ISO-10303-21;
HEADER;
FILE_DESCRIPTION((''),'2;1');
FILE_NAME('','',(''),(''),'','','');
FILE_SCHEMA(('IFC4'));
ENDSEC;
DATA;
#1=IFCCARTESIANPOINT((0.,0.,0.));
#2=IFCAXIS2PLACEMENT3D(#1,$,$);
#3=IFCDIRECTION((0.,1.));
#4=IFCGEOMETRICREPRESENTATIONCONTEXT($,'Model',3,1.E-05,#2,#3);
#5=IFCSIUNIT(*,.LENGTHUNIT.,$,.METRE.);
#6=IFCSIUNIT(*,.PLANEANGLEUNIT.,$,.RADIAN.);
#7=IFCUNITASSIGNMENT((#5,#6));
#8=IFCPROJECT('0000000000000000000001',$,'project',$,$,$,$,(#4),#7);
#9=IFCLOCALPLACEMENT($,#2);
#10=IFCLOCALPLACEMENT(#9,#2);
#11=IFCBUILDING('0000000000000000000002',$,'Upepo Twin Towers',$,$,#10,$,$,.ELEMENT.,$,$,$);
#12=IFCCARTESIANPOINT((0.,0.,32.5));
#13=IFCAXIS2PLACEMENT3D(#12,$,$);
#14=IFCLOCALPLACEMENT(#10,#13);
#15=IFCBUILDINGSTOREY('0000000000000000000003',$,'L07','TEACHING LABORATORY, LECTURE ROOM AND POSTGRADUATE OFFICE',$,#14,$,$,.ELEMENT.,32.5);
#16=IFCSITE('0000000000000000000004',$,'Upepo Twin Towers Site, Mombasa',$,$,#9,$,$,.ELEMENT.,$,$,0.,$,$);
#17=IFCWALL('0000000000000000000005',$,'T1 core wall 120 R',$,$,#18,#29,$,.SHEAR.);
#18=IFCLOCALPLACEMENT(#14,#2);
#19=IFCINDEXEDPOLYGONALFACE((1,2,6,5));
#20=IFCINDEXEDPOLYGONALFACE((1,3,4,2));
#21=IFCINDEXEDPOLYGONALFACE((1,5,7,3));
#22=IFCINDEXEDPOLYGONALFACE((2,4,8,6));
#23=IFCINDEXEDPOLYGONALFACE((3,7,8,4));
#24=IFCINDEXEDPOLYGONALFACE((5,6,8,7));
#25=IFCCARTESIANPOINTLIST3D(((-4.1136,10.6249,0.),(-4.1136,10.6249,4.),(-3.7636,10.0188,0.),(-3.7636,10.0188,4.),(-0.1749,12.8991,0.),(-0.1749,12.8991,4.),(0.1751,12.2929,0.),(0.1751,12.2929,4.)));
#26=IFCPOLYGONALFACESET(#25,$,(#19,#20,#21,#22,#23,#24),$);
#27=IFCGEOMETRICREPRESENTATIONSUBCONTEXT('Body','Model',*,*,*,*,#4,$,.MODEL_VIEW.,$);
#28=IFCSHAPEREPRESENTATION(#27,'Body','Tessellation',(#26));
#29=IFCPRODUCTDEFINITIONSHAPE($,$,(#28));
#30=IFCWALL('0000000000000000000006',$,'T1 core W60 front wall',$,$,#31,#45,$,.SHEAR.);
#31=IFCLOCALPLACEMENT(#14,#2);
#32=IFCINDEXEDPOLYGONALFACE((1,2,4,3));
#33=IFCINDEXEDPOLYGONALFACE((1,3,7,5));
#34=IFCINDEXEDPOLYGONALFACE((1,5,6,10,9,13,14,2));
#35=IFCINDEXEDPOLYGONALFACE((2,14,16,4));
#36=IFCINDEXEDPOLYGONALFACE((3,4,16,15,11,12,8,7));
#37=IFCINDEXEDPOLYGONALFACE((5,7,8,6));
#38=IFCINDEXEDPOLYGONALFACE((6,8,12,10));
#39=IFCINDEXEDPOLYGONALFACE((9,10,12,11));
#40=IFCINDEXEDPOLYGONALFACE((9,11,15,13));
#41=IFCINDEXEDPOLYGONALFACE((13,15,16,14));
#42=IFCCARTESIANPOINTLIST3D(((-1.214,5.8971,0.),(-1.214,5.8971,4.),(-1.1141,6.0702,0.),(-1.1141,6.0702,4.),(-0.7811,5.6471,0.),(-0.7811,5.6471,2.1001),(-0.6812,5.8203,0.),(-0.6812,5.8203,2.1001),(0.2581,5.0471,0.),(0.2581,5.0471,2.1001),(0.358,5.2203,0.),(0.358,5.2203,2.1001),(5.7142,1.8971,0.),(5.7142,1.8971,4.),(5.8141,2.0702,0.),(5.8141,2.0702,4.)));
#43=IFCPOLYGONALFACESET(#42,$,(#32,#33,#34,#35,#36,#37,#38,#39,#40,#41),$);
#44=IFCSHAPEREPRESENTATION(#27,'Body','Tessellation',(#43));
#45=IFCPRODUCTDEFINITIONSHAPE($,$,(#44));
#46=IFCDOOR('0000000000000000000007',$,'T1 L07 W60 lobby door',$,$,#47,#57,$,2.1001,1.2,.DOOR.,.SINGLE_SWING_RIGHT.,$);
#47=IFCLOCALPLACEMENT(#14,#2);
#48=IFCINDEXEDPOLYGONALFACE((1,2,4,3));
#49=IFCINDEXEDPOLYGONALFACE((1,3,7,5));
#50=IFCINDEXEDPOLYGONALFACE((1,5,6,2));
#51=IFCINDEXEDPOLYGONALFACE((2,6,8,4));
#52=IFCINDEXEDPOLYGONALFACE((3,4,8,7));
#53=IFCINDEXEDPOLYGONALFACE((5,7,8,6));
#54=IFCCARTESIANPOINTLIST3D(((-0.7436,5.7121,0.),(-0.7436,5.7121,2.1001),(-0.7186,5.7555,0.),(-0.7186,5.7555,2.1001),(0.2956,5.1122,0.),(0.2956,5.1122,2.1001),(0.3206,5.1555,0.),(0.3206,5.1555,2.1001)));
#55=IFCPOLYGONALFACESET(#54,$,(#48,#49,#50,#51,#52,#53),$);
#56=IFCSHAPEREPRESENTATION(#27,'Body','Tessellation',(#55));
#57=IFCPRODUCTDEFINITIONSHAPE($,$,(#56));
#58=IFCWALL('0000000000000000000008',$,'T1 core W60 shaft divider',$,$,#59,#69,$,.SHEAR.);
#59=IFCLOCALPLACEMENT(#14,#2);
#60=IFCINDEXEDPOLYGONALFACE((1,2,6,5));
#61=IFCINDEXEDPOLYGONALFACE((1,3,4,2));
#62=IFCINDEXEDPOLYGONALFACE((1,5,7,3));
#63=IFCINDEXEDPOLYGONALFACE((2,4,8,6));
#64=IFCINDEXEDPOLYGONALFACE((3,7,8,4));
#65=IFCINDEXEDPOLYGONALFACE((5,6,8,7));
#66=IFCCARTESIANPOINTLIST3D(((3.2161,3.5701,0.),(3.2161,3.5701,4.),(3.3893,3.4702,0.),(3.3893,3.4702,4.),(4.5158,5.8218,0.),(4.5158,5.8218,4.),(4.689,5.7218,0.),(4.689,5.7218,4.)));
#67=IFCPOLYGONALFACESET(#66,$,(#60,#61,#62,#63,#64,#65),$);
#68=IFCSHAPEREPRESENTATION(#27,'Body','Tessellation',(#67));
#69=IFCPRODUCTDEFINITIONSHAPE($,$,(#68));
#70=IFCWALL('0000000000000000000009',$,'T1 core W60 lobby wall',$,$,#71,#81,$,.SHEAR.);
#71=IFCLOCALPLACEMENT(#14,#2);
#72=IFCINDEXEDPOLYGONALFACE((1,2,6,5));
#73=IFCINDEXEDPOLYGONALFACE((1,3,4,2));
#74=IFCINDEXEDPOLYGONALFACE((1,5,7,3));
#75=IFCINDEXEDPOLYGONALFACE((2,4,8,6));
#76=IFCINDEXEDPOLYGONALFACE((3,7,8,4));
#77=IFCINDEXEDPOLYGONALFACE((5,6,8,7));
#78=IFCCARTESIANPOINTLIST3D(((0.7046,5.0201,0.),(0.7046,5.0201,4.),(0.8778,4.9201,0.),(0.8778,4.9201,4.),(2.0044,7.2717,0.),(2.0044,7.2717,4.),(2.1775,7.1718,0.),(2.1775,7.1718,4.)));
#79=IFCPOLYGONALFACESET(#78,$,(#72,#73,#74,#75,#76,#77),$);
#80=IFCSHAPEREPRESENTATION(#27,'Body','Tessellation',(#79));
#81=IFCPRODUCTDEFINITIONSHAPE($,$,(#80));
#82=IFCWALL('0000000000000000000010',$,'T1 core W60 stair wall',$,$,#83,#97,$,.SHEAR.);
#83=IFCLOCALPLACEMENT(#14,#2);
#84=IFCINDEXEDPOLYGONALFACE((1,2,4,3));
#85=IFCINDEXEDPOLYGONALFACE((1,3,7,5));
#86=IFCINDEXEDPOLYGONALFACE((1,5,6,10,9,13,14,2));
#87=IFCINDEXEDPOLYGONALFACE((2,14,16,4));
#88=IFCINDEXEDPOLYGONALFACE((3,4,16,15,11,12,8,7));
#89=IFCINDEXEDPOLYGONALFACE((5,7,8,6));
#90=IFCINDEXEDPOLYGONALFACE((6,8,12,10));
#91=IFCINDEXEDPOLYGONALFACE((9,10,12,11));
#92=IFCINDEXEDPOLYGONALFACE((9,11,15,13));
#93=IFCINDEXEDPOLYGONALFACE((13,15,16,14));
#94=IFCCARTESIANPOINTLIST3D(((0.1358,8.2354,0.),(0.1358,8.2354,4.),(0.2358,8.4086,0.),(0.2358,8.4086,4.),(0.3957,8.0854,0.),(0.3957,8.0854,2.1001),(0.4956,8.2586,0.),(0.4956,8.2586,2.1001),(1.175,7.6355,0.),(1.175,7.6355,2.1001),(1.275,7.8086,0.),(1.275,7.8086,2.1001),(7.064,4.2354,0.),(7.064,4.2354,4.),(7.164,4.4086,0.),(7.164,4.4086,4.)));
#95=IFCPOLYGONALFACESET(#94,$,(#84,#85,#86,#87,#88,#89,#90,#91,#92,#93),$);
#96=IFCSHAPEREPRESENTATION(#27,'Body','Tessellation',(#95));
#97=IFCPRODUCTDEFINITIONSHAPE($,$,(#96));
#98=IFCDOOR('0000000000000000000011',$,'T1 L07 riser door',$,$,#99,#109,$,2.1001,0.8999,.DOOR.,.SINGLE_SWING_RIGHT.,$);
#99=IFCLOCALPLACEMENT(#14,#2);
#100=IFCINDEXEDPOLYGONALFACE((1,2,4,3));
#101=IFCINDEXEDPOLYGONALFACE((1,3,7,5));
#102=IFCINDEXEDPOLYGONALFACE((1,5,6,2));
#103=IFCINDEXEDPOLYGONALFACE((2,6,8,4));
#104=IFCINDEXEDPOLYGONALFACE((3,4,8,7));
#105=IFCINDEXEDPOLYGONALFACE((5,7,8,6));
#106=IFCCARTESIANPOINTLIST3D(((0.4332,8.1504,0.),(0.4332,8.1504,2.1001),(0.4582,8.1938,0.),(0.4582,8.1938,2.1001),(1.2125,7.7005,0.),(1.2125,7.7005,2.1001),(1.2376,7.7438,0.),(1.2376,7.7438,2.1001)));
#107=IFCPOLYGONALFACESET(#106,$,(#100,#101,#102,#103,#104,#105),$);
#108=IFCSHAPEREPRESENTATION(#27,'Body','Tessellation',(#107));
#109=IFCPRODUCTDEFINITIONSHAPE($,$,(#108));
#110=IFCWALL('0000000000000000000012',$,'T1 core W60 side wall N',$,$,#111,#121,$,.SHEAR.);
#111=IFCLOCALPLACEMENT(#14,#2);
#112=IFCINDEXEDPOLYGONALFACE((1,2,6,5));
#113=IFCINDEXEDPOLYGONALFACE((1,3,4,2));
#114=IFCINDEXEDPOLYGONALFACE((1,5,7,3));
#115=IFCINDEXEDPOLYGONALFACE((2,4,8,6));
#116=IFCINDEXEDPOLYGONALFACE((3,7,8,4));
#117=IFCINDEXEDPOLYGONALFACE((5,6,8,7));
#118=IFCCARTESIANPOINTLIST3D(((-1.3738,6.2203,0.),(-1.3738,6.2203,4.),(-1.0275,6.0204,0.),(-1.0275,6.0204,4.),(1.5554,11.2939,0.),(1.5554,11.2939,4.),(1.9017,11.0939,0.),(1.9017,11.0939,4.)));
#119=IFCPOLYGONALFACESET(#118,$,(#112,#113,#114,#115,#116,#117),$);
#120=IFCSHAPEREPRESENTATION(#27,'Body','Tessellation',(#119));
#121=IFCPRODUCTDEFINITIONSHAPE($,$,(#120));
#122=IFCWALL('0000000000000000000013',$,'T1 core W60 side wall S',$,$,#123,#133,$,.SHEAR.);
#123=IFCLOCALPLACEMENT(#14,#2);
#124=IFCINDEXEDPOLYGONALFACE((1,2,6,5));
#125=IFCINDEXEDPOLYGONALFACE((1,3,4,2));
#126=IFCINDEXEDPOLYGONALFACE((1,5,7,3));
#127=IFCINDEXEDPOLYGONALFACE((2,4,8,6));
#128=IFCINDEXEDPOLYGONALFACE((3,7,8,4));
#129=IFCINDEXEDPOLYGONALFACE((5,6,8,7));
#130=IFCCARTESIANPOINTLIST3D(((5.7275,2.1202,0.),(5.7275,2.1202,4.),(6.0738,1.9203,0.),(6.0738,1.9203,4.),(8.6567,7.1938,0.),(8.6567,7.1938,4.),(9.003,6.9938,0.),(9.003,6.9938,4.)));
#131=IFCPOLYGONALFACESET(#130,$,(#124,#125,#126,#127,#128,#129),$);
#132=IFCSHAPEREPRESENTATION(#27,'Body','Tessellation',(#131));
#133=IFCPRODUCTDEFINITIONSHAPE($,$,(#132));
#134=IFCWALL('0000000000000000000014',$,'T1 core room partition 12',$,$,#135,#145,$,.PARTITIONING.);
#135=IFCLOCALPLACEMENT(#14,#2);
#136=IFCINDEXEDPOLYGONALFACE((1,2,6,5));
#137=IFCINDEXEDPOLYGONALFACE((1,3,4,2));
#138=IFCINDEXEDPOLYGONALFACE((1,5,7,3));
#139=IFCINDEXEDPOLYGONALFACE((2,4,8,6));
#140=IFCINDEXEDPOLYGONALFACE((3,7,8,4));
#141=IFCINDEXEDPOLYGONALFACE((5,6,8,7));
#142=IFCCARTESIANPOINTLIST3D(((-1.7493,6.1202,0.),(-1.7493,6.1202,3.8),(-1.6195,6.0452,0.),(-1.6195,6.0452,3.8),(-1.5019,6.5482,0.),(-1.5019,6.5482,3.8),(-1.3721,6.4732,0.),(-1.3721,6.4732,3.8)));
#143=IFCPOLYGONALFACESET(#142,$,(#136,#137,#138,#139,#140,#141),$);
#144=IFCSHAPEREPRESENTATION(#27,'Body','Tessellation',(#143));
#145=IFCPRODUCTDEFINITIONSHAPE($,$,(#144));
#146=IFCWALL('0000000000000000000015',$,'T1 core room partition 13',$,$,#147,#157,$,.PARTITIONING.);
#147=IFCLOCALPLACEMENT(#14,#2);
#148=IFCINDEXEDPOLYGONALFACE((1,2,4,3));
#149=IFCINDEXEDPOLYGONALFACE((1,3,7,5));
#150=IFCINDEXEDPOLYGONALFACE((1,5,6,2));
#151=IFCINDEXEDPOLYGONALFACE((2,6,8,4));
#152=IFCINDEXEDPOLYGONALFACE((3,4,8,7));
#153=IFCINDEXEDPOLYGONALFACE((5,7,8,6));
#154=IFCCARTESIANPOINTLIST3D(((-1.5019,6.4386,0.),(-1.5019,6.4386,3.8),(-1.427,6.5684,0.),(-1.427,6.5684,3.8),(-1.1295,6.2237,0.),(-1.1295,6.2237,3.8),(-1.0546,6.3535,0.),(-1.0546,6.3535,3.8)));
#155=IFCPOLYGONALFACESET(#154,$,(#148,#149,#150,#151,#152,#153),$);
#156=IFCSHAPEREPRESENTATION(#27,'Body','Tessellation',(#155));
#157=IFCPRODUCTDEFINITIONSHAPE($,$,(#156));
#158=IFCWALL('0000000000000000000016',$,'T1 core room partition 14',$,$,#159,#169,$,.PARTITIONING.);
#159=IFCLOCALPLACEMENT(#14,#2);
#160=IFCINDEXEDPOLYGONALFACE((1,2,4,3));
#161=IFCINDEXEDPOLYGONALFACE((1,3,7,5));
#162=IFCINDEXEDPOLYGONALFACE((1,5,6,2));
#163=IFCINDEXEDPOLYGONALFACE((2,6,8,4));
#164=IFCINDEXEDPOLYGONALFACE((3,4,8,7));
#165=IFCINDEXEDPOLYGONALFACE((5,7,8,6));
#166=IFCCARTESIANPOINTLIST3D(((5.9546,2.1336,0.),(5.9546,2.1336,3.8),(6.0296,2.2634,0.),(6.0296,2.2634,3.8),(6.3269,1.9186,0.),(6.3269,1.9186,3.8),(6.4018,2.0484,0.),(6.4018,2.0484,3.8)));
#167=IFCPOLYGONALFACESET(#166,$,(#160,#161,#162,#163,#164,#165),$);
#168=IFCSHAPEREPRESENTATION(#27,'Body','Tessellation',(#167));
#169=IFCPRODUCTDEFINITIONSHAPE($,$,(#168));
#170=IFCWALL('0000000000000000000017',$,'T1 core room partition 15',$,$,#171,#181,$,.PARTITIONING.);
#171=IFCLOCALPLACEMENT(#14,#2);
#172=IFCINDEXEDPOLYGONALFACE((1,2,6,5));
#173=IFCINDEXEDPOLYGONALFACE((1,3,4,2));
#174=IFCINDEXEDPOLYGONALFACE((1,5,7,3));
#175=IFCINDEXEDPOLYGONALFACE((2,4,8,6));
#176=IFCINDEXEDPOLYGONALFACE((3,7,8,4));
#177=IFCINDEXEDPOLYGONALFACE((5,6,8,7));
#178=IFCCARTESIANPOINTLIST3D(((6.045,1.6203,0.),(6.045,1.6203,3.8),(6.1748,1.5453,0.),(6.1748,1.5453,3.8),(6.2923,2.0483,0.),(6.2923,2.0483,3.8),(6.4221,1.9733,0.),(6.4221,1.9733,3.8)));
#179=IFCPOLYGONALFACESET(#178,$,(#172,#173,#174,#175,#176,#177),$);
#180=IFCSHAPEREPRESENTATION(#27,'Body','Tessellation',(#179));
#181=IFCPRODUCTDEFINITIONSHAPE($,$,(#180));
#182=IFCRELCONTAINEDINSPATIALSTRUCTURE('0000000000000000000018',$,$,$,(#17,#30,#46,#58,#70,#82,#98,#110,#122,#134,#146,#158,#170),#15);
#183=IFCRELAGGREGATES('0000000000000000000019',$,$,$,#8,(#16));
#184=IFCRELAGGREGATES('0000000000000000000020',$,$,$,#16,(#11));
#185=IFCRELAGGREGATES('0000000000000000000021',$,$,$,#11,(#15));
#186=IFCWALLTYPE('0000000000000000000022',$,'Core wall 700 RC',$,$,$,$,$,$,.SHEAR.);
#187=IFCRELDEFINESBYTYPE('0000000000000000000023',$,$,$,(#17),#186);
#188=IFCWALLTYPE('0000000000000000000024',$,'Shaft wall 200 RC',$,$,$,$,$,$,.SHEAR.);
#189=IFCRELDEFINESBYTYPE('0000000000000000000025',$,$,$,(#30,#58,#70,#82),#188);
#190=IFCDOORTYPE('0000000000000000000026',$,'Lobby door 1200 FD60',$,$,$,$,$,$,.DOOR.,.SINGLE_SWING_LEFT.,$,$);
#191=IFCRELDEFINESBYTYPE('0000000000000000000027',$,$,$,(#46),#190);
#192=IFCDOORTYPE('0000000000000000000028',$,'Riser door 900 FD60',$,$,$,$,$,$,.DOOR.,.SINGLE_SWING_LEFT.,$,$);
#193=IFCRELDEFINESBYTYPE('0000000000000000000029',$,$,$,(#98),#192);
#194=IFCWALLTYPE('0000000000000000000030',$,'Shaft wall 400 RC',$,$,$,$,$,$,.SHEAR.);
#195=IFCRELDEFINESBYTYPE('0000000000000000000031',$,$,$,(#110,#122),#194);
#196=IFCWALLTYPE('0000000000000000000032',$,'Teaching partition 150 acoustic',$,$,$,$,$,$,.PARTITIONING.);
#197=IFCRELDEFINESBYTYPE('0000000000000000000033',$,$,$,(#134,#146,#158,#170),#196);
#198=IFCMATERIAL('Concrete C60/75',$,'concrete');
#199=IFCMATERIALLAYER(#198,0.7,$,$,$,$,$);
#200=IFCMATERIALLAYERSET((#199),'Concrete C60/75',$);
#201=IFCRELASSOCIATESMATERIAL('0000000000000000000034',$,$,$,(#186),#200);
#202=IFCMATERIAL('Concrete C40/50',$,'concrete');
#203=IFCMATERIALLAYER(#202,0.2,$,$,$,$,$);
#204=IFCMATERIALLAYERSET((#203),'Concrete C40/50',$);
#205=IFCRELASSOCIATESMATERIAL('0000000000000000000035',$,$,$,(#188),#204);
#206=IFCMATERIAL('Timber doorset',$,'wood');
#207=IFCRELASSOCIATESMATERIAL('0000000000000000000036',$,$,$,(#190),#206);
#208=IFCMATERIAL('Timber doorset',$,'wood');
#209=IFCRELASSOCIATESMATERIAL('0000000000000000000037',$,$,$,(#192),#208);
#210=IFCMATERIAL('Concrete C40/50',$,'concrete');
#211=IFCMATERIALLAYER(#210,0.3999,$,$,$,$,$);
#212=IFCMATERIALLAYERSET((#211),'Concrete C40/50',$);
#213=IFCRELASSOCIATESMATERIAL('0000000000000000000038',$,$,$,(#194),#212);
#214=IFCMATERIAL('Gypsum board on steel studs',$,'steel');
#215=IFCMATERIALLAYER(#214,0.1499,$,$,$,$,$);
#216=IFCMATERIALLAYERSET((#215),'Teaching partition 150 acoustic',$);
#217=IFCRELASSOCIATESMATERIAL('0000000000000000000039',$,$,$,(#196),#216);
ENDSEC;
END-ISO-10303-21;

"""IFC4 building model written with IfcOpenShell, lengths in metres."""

from ifc_helpers import new_model, si_unit, direction, frame, frame_2d, origin, place, context, subcontext, project, spatial, rectangle, extrude, material, layer, layer_set, type_object, element, fill, save


model = new_model("IFC4")

# Units and contexts
model_context = context("Model", 3, precision=1e-05, world=origin(), true_north=direction((0.0, 1.0)))
body_context = subcontext(model_context, "Body", "Model", "MODEL_VIEW")
ifc_project = project(units=[si_unit("LENGTHUNIT", "METRE"), si_unit("PLANEANGLEUNIT", "RADIAN")], contexts=[model_context])

# Site, building, storey
site_placement = place(None, origin())
site = spatial("IfcSite", under=ifc_project, at=site_placement, Name="Upepo Twin Towers Site, Mombasa", CompositionType="ELEMENT", RefElevation=0.0)
building_placement = place(site_placement, origin())
building = spatial("IfcBuilding", under=site, at=building_placement, Name="Upepo Twin Towers", CompositionType="ELEMENT")
storey_placement = place(building_placement, frame((0.0, 0.0, 32.5)))
storey = spatial("IfcBuildingStorey", under=building, at=storey_placement, Name="L07", Description="TEACHING LABORATORY, LECTURE ROOM AND POSTGRADUATE OFFICE", CompositionType="ELEMENT", Elevation=32.5)

# Wall
ifc_material_1 = material(Name="Concrete C60/75", Category="concrete")
ifc_layer_1 = layer(ifc_material_1, 0.7)
ifc_layer_set_1 = layer_set([ifc_layer_1], Name="Concrete C60/75")
wall_type_1 = type_object("IfcWallType", Name="Core wall 700 RC", PredefinedType="SHEAR", material=ifc_layer_set_1)
wall_1_placement = place(storey_placement, frame((0.0, 12.5959, 0.0), z_axis=(0.0, 0.0, 1.0), x_axis=(-0.866011, -0.500024, 0.0)))
element("IfcWall", 1, at=wall_1_placement, inside=storey, type_object=wall_type_1, Name="T1 core wall 120 R", PredefinedType="SHEAR", context=body_context, shape_type="SweptSolid", body=[
    extrude(rectangle(XDim=4.5481, YDim=0.7, at=frame_2d((2.2739, 0.0))), origin(), (0.0, 0.0, 1.0), 4.0),
])

# Wall, opening, door
ifc_material_2 = material(Name="Concrete C40/50", Category="concrete")
ifc_layer_2 = layer(ifc_material_2, 0.2)
ifc_layer_set_2 = layer_set([ifc_layer_2], Name="Concrete C40/50")
wall_type_2 = type_object("IfcWallType", Name="Shaft wall 200 RC", PredefinedType="SHEAR", material=ifc_layer_set_2)
wall_2_placement = place(storey_placement, frame((5.7642, 1.9836, 0.0), z_axis=(0.0, 0.0, 1.0), x_axis=(-0.866026, 0.499999, 0.0)))
wall_2 = element("IfcWall", 2, at=wall_2_placement, inside=storey, type_object=wall_type_2, Name="T1 core W60 front wall", PredefinedType="SHEAR", context=body_context, shape_type="SweptSolid", body=[
    extrude(rectangle(XDim=8.0, YDim=0.2, at=frame_2d((4.0, 0.0))), origin(), (0.0, 0.0, 1.0), 4.0),
])
opening_1_placement = place(wall_2_placement, frame((6.3, 0.0, 0.0)))
opening_1 = element("IfcOpeningElement", 3, at=opening_1_placement, cuts=wall_2, PredefinedType="OPENING", context=body_context, shape_type="SweptSolid", body=[
    extrude(rectangle(XDim=1.2, YDim=2.1001, at=frame_2d((0.6001, 1.05))), frame((0.0, 0.1099, 0.0), z_axis=(0.0, -1.0, 0.0), x_axis=(1.0, 0.0, 0.0)), (0.0, 0.0, 1.0), 0.22),
])
ifc_material_3 = material(Name="Timber doorset", Category="wood")
door_type_1 = type_object("IfcDoorType", Name="Lobby door 1200 FD60", OperationType="SINGLE_SWING_LEFT", PredefinedType="DOOR", material=ifc_material_3)
door_1_placement = place(opening_1_placement, origin())
door_1 = element("IfcDoor", 4, at=door_1_placement, inside=storey, type_object=door_type_1, Name="T1 L07 W60 lobby door", OperationType="SINGLE_SWING_RIGHT", OverallHeight=2.1001, OverallWidth=1.2, PredefinedType="DOOR", context=body_context, shape_type="SweptSolid", body=[
    extrude(rectangle(XDim=1.2, YDim=2.1001, at=frame_2d((0.6001, 1.05))), frame((0.0, 0.0249, 0.0), z_axis=(0.0, -1.0, 0.0), x_axis=(1.0, 0.0, 0.0)), (0.0, 0.0, 1.0), 0.05),
])
fill(opening_1, door_1)

# Walls
for number, where, z_axis, x_axis, name in (
    (5, (3.3027, 3.5203, 0.0), (0.0, 0.0, 1.0), (0.499937, 0.866062, 0.0), "T1 core W60 shaft divider"),
    (6, (0.7913, 4.9702, 0.0), (0.0, 0.0, 1.0), (0.499937, 0.866062, 0.0), "T1 core W60 lobby wall"),
):
    element("IfcWall", number, at=place(storey_placement, frame(where, z_axis=z_axis, x_axis=x_axis)), inside=storey, type_object=wall_type_2, Name=name, PredefinedType="SHEAR", context=body_context, shape_type="SweptSolid", body=[
        extrude(rectangle(XDim=2.5999, YDim=0.2, at=frame_2d((1.2998, 0.0))), origin(), (0.0, 0.0, 1.0), 4.0),
    ])

# Wall, opening, door
wall_3_placement = place(storey_placement, frame((7.114, 4.322, 0.0), z_axis=(0.0, 0.0, 1.0), x_axis=(-0.866026, 0.499999, 0.0)))
wall_3 = element("IfcWall", 7, at=wall_3_placement, inside=storey, type_object=wall_type_2, Name="T1 core W60 stair wall", PredefinedType="SHEAR", context=body_context, shape_type="SweptSolid", body=[
    extrude(rectangle(XDim=8.0, YDim=0.2, at=frame_2d((4.0, 0.0))), origin(), (0.0, 0.0, 1.0), 4.0),
])
opening_2_placement = place(wall_3_placement, frame((6.8, 0.0, 0.0)))
opening_2 = element("IfcOpeningElement", 8, at=opening_2_placement, cuts=wall_3, PredefinedType="OPENING", context=body_context, shape_type="SweptSolid", body=[
    extrude(rectangle(XDim=0.8999, YDim=2.1001, at=frame_2d((0.45, 1.05))), frame((0.0, 0.1099, 0.0), z_axis=(0.0, -1.0, 0.0), x_axis=(1.0, 0.0, 0.0)), (0.0, 0.0, 1.0), 0.22),
])
ifc_material_4 = material(Name="Timber doorset", Category="wood")
door_type_2 = type_object("IfcDoorType", Name="Riser door 900 FD60", OperationType="SINGLE_SWING_LEFT", PredefinedType="DOOR", material=ifc_material_4)
door_2_placement = place(opening_2_placement, origin())
door_2 = element("IfcDoor", 9, at=door_2_placement, inside=storey, type_object=door_type_2, Name="T1 L07 riser door", OperationType="SINGLE_SWING_RIGHT", OverallHeight=2.1001, OverallWidth=0.8999, PredefinedType="DOOR", context=body_context, shape_type="SweptSolid", body=[
    extrude(rectangle(XDim=0.8999, YDim=2.1001, at=frame_2d((0.45, 1.05))), frame((0.0, 0.0249, 0.0), z_axis=(0.0, -1.0, 0.0), x_axis=(1.0, 0.0, 0.0)), (0.0, 0.0, 1.0), 0.05),
])
fill(opening_2, door_2)

# Walls
ifc_material_5 = material(Name="Concrete C40/50", Category="concrete")
ifc_layer_3 = layer(ifc_material_5, 0.3999)
ifc_layer_set_3 = layer_set([ifc_layer_3], Name="Concrete C40/50")
wall_type_3 = type_object("IfcWallType", Name="Shaft wall 400 RC", PredefinedType="SHEAR", material=ifc_layer_set_3)
for number, where, z_axis, x_axis, name in (
    (10, (-1.2007, 6.1204, 0.0), (0.0, 0.0, 1.0), (0.500003, 0.866024, 0.0), "T1 core W60 side wall N"),
    (11, (5.9006, 2.0203, 0.0), (0.0, 0.0, 1.0), (0.500003, 0.866024, 0.0), "T1 core W60 side wall S"),
):
    element("IfcWall", number, at=place(storey_placement, frame(where, z_axis=z_axis, x_axis=x_axis)), inside=storey, type_object=wall_type_3, Name=name, PredefinedType="SHEAR", context=body_context, shape_type="SweptSolid", body=[
        extrude(rectangle(XDim=5.8584, YDim=0.3999, at=frame_2d((2.9292, 0.0))), origin(), (0.0, 0.0, 1.0), 4.0),
    ])
ifc_material_6 = material(Name="Gypsum board on steel studs", Category="steel")
ifc_layer_4 = layer(ifc_material_6, 0.1499)
ifc_layer_set_4 = layer_set([ifc_layer_4], Name="Teaching partition 150 acoustic")
wall_type_4 = type_object("IfcWallType", Name="Teaching partition 150 acoustic", PredefinedType="PARTITIONING", material=ifc_layer_set_4)
wall_4_placement = place(storey_placement, frame((-1.6843, 6.0828, 0.0), z_axis=(0.0, 0.0, 1.0), x_axis=(0.500335, 0.865832, 0.0)))
element("IfcWall", 12, at=wall_4_placement, inside=storey, type_object=wall_type_4, Name="T1 core room partition 12", PredefinedType="PARTITIONING", context=body_context, shape_type="SweptSolid", body=[
    extrude(rectangle(XDim=0.4944, YDim=0.1499, at=frame_2d((0.2471, 0.0))), origin(), (0.0, 0.0, 1.0), 3.8),
])
for number, where, z_axis, x_axis, name in (
    (13, (-1.4644, 6.5034, 0.0), (0.0, 0.0, 1.0), (0.866138, -0.499804, 0.0), "T1 core room partition 13"),
    (14, (5.9922, 2.1985, 0.0), (0.0, 0.0, 1.0), (0.865892, -0.50023, 0.0), "T1 core room partition 14"),
):
    element("IfcWall", number, at=place(storey_placement, frame(where, z_axis=z_axis, x_axis=x_axis)), inside=storey, type_object=wall_type_4, Name=name, PredefinedType="PARTITIONING", context=body_context, shape_type="SweptSolid", body=[
        extrude(rectangle(XDim=0.4299, YDim=0.1499, at=frame_2d((0.2148, 0.0))), origin(), (0.0, 0.0, 1.0), 3.8),
    ])
wall_5_placement = place(storey_placement, frame((6.3572, 2.0107, 0.0), z_axis=(0.0, 0.0, 1.0), x_axis=(-0.500335, -0.865832, 0.0)))
element("IfcWall", 15, at=wall_5_placement, inside=storey, type_object=wall_type_4, Name="T1 core room partition 15", PredefinedType="PARTITIONING", context=body_context, shape_type="SweptSolid", body=[
    extrude(rectangle(XDim=0.4944, YDim=0.1499, at=frame_2d((0.2471, 0.0))), origin(), (0.0, 0.0, 1.0), 3.8),
])

save(model, "model.ifc")
